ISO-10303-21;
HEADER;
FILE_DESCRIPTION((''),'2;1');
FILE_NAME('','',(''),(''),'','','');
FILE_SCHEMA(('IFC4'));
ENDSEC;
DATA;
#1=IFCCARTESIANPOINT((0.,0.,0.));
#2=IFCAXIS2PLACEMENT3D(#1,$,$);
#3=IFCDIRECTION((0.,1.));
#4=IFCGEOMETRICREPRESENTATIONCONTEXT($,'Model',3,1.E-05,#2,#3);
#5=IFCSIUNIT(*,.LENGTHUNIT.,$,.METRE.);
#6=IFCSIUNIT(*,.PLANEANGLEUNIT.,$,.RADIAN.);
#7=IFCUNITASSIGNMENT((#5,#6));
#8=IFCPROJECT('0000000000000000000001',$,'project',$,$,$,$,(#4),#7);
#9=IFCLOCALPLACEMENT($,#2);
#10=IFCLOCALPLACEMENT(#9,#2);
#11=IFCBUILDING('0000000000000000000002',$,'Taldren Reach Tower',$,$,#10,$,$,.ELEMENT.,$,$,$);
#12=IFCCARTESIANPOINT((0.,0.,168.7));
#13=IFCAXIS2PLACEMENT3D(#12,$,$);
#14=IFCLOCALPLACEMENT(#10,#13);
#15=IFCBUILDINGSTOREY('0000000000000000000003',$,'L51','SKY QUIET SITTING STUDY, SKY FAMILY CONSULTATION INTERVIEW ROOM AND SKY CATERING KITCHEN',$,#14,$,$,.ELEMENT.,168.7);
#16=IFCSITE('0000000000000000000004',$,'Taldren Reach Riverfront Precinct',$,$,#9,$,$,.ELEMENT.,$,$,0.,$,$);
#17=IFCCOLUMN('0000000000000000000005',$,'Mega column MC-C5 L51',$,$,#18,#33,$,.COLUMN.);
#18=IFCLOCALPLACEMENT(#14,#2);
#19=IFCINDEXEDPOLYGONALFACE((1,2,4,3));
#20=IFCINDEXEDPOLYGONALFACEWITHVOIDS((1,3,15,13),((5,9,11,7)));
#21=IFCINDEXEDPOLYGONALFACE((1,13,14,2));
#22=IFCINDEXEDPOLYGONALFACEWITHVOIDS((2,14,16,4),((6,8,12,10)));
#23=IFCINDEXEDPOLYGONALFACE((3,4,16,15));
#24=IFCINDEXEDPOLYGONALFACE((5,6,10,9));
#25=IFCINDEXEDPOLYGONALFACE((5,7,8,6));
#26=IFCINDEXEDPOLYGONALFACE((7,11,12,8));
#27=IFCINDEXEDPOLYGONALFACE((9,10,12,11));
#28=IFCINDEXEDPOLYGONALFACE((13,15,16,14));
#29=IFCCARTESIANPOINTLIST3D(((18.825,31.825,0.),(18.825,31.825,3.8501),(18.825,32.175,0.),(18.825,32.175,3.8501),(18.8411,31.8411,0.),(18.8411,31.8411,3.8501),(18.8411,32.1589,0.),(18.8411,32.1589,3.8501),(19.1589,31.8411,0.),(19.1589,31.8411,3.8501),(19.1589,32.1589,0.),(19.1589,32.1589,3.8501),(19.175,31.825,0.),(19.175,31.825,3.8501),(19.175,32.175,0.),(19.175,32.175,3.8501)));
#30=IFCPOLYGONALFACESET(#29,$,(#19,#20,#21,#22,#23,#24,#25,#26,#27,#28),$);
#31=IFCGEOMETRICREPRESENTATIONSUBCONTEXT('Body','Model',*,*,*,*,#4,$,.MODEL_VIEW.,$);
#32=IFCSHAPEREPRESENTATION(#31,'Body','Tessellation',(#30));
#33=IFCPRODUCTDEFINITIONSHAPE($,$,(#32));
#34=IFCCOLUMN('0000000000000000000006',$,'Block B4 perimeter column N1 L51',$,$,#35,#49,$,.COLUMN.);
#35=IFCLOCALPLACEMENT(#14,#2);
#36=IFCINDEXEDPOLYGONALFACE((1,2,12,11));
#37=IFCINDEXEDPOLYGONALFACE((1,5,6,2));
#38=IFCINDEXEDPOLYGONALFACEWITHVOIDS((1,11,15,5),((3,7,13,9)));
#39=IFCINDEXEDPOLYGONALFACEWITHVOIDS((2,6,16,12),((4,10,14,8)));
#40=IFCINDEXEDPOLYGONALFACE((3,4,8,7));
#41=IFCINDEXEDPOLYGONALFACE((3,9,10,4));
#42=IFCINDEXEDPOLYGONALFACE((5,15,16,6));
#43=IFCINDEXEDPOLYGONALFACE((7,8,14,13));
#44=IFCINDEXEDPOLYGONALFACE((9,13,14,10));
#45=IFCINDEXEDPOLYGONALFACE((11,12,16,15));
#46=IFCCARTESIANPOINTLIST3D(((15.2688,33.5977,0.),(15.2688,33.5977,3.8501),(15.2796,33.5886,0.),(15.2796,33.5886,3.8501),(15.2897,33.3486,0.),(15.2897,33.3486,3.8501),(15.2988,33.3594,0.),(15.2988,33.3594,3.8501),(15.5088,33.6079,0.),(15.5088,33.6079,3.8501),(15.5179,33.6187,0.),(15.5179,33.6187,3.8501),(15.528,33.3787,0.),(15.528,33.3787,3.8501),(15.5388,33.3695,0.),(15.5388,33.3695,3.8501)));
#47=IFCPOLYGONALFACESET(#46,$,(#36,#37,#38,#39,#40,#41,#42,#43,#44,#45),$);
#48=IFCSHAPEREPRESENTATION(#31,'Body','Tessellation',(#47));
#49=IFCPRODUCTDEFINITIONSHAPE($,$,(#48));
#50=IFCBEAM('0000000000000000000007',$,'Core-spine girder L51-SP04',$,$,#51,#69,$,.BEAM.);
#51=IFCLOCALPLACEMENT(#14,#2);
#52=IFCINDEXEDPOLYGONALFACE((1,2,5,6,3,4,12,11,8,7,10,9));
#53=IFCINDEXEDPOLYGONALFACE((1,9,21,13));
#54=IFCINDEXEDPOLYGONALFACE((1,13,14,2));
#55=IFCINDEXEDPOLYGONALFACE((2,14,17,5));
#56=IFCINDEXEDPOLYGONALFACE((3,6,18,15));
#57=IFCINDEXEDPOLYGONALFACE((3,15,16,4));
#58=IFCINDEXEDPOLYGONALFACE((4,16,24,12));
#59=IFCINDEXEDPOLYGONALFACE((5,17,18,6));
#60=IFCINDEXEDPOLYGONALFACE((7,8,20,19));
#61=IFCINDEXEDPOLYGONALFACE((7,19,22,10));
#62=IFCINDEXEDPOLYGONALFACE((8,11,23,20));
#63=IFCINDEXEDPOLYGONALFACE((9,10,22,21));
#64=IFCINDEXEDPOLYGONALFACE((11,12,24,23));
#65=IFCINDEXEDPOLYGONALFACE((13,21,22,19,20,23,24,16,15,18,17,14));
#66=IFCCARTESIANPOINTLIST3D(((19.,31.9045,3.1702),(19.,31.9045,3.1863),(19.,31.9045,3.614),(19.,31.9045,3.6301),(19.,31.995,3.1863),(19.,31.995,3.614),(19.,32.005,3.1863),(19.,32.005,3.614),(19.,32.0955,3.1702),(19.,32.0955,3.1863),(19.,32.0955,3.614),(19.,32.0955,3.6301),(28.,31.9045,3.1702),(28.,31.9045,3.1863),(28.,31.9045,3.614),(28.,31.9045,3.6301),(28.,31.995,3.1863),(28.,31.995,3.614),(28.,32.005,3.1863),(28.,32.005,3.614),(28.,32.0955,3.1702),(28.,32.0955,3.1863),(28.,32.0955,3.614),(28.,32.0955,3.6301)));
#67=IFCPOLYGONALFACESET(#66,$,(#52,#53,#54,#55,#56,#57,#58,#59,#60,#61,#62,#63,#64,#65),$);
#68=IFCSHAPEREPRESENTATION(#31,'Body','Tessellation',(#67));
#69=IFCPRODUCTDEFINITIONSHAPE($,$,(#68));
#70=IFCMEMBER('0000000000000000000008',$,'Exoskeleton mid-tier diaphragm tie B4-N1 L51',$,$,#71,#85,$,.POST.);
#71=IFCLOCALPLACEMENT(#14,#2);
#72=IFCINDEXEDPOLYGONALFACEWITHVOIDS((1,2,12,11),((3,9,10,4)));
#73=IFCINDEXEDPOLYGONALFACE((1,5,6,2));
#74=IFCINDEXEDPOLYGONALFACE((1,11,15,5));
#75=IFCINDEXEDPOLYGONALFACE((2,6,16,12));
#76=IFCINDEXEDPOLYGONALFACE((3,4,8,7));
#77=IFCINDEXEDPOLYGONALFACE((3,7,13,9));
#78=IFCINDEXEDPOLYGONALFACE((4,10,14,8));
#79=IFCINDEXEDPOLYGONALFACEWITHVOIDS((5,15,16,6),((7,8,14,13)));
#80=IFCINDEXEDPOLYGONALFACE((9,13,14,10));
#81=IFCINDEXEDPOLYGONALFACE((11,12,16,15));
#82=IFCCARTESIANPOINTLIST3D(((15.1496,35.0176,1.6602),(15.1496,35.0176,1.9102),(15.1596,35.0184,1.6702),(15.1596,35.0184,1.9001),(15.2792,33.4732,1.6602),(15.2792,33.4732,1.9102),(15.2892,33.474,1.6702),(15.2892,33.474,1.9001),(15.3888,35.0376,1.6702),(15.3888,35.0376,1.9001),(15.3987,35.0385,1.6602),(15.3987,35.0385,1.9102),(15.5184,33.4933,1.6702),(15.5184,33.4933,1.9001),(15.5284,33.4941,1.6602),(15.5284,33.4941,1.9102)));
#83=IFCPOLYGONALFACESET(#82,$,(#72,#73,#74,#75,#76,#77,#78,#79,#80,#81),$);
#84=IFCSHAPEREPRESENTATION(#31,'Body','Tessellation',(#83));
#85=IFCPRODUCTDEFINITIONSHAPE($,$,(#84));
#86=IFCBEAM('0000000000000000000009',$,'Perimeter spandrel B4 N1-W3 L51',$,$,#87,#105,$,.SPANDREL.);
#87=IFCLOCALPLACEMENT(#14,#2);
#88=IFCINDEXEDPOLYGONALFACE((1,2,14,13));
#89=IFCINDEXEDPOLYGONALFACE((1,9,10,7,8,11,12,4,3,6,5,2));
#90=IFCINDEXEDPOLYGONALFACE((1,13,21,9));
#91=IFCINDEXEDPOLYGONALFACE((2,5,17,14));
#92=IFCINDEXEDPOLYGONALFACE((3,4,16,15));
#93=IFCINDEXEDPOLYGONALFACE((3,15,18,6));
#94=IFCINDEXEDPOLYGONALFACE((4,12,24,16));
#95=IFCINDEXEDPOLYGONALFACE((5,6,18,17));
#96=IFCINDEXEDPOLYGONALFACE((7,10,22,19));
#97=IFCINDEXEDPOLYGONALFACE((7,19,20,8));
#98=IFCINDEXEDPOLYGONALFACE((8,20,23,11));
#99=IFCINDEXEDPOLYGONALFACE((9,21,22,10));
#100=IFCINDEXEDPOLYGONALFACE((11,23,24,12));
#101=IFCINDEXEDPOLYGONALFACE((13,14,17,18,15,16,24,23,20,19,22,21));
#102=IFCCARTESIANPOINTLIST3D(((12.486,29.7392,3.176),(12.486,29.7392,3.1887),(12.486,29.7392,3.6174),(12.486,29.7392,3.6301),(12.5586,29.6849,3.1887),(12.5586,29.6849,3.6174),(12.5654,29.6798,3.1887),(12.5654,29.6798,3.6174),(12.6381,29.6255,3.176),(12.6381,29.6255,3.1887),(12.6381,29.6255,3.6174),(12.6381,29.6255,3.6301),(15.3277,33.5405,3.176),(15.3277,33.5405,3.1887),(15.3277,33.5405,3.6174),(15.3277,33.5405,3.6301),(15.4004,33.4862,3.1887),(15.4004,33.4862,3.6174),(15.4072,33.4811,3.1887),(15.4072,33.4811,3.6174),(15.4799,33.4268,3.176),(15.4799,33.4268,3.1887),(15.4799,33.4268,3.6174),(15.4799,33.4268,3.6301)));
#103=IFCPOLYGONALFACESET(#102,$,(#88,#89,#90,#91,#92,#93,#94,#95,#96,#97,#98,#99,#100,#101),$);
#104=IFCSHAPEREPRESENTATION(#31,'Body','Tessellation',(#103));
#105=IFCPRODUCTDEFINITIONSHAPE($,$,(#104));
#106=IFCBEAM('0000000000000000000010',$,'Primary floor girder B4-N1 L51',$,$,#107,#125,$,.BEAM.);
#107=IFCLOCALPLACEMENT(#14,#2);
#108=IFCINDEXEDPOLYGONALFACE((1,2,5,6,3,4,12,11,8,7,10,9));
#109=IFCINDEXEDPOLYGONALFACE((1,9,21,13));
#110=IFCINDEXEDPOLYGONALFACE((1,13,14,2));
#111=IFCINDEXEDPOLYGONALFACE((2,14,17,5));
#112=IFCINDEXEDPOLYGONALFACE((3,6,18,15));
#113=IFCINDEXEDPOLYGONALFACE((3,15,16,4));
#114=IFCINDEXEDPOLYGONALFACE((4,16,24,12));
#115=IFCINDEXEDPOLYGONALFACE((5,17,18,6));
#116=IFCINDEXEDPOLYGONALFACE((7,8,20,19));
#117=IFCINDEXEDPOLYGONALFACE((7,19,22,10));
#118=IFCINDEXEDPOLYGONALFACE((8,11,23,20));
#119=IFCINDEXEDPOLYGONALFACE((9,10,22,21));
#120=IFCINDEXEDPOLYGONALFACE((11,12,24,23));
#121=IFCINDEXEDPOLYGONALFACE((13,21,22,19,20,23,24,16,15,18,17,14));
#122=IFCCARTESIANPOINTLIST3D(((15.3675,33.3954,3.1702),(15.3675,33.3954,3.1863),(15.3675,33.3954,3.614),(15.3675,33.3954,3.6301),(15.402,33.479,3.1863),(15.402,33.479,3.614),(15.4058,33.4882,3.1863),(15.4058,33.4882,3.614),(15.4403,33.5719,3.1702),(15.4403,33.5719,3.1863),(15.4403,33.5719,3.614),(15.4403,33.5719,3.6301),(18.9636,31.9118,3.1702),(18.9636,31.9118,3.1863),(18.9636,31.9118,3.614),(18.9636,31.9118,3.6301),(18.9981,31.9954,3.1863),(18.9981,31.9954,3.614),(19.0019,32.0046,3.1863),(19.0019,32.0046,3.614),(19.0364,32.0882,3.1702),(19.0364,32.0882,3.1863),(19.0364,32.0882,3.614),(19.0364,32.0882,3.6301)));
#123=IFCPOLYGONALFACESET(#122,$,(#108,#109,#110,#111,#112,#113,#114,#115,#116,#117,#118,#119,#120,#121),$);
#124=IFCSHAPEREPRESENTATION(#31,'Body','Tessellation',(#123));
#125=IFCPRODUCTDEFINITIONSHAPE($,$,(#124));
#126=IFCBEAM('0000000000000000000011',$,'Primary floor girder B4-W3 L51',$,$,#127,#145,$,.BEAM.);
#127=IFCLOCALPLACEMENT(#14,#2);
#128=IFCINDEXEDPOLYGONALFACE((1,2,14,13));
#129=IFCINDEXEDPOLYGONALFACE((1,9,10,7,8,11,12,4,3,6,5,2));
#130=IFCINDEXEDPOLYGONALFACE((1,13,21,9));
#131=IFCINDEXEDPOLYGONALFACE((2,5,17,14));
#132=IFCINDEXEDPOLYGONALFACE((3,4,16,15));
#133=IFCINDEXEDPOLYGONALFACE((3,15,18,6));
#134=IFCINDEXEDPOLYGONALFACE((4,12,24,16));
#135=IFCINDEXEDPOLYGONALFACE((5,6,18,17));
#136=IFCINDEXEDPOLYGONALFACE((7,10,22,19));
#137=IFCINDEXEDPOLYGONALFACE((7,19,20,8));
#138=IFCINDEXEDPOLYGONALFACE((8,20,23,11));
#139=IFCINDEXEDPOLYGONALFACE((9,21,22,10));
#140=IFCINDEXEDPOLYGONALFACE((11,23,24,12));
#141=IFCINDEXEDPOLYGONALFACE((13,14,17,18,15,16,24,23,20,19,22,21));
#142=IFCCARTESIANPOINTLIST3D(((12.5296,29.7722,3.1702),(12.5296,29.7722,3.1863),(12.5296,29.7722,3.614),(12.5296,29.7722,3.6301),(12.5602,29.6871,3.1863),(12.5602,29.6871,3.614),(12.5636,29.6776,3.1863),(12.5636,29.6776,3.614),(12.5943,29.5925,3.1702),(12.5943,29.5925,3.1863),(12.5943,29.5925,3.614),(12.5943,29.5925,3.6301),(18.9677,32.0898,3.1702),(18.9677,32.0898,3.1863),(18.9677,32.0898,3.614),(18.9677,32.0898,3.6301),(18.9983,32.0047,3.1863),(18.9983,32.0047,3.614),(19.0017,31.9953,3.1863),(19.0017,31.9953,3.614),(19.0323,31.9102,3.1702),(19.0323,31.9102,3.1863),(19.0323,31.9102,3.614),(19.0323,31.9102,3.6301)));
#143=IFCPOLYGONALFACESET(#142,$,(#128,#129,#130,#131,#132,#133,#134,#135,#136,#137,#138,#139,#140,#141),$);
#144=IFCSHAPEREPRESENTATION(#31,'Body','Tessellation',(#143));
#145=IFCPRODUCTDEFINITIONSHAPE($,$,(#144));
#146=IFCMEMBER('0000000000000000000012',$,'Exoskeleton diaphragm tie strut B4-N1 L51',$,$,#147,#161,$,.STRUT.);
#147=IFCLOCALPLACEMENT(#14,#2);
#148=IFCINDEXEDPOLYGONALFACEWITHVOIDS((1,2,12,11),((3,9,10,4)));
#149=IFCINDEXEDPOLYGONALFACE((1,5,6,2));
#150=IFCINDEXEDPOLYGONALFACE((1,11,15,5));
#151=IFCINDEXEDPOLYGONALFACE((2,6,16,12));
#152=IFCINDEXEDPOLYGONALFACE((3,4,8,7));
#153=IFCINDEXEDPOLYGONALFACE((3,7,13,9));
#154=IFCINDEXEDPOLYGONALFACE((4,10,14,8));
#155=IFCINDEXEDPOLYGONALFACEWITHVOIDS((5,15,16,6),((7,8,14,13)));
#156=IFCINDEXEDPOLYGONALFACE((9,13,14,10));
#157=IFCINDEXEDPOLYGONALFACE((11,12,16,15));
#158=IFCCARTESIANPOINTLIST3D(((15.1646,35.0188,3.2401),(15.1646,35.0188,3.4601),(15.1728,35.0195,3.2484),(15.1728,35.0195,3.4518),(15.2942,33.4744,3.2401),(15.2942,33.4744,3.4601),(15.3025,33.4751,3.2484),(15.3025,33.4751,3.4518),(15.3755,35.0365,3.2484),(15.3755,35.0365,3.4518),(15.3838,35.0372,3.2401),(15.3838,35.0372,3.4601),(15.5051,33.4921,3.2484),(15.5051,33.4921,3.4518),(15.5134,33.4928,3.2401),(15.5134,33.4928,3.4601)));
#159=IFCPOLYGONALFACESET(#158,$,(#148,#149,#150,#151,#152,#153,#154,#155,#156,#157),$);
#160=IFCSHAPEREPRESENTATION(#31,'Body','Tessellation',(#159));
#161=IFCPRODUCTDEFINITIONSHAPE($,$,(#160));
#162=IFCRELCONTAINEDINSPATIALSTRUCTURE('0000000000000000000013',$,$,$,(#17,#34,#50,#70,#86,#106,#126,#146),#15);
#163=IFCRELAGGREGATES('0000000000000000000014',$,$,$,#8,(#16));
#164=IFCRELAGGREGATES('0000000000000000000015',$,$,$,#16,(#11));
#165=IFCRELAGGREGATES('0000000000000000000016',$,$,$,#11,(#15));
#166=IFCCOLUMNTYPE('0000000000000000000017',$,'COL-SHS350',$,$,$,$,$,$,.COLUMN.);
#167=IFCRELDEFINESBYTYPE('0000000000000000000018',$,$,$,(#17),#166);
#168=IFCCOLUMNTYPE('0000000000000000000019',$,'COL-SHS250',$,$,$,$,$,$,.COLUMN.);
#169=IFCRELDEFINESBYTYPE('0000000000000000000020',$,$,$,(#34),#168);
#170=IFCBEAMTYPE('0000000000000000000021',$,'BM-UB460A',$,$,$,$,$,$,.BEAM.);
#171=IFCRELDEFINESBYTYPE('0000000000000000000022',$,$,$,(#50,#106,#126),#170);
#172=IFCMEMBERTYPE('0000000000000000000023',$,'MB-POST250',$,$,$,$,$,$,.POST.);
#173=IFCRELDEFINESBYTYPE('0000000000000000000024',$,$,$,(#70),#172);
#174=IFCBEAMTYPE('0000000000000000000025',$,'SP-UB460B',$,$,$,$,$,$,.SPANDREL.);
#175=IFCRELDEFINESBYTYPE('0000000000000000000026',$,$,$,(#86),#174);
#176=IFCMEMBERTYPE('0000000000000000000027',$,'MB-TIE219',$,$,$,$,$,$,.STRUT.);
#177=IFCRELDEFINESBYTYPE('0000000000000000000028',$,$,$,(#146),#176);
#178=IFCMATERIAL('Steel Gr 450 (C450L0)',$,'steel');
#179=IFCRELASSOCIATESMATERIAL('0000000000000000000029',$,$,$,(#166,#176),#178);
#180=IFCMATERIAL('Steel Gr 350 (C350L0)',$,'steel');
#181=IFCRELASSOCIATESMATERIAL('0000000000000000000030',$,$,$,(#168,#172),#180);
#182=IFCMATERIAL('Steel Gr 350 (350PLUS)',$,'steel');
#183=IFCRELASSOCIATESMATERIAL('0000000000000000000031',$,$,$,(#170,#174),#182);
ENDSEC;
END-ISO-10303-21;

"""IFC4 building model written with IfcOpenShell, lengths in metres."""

from ifc_helpers import new_model, si_unit, direction, frame, origin, origin_2d, place, context, subcontext, project, spatial, hollow_rectangle, i_section, extrude, source, transform, mapped, material, material_profile, profile_set, type_object, element, save


model = new_model("IFC4")

# Units and contexts
model_context = context("Model", 3, precision=1e-05, world=origin(), true_north=direction((0.0, 1.0)))
body_context = subcontext(model_context, "Body", "Model", "MODEL_VIEW")
ifc_project = project(units=[si_unit("LENGTHUNIT", "METRE"), si_unit("PLANEANGLEUNIT", "RADIAN")], contexts=[model_context])

# Site, building, storey
site_placement = place(None, origin())
site = spatial("IfcSite", under=ifc_project, at=site_placement, Name="Taldren Reach Riverfront Precinct", CompositionType="ELEMENT", RefElevation=0.0)
building_placement = place(site_placement, origin())
building = spatial("IfcBuilding", under=site, at=building_placement, Name="Taldren Reach Tower", CompositionType="ELEMENT")
storey_placement = place(building_placement, frame((0.0, 0.0, 168.7)))
storey = spatial("IfcBuildingStorey", under=building, at=storey_placement, Name="L51", Description="SKY QUIET SITTING STUDY, SKY FAMILY CONSULTATION INTERVIEW ROOM AND SKY CATERING KITCHEN", CompositionType="ELEMENT", Elevation=168.7)

# Columns
ifc_material_1 = material(Name="Steel Gr 450 (C450L0)", Category="steel")
ifc_material_profile_1 = material_profile(ifc_material_1, hollow_rectangle(XDim=0.3501, YDim=0.3501, WallThickness=0.0161, at=origin_2d()), Name="350x350x16.0SHS")
ifc_profile_set_1 = profile_set([ifc_material_profile_1], Name="Steel Gr 450 (C450L0)")
column_type_1 = type_object("IfcColumnType", Name="COL-SHS350", PredefinedType="COLUMN", material=ifc_profile_set_1)
shared_shape_1 = source(origin(), body_context, "Body", "SweptSolid", [
    extrude(hollow_rectangle(XDim=0.3501, YDim=0.3501, WallThickness=0.0161, at=origin_2d()), origin(), (0.0, 0.0, 1.0), 3.8501),
])
column_1_placement = place(storey_placement, frame((19.0, 32.0, 0.0), z_axis=(0.0, 0.0, 1.0), x_axis=(1.0, 0.0, 0.0)))
element("IfcColumn", 1, at=column_1_placement, inside=storey, type_object=column_type_1, Name="Mega column MC-C5 L51", PredefinedType="COLUMN", context=body_context, shape_type="MappedRepresentation", body=[
    mapped(shared_shape_1, transform((0.0, 0.0, 0.0), scale=1.0)),
])
ifc_material_2 = material(Name="Steel Gr 350 (C350L0)", Category="steel")
ifc_material_profile_2 = material_profile(ifc_material_2, hollow_rectangle(XDim=0.25, YDim=0.25, WallThickness=0.01, at=origin_2d()), Name="250x250x10.0SHS")
ifc_profile_set_2 = profile_set([ifc_material_profile_2], Name="Steel Gr 350 (C350L0)")
column_type_2 = type_object("IfcColumnType", Name="COL-SHS250", PredefinedType="COLUMN", material=ifc_profile_set_2)
shared_shape_2 = source(origin(), body_context, "Body", "SweptSolid", [
    extrude(hollow_rectangle(XDim=0.25, YDim=0.25, WallThickness=0.01, at=origin_2d()), origin(), (0.0, 0.0, 1.0), 3.8501),
])
column_2_placement = place(storey_placement, frame((15.4038, 33.4836, 0.0), z_axis=(0.0, 0.0, 1.0), x_axis=(0.996493, 0.083678, 0.0)))
element("IfcColumn", 2, at=column_2_placement, inside=storey, type_object=column_type_2, Name="Block B4 perimeter column N1 L51", PredefinedType="COLUMN", context=body_context, shape_type="MappedRepresentation", body=[
    mapped(shared_shape_2, transform((0.0, 0.0, 0.0), scale=1.0)),
])

# Beam
ifc_material_3 = material(Name="Steel Gr 350 (350PLUS)", Category="steel")
ifc_material_profile_3 = material_profile(ifc_material_3, i_section(OverallWidth=0.1909, OverallDepth=0.46, WebThickness=0.01, FlangeThickness=0.0161, at=origin_2d()), Name="460UB82.1")
ifc_profile_set_3 = profile_set([ifc_material_profile_3], Name="Steel Gr 350 (350PLUS)")
beam_type_1 = type_object("IfcBeamType", Name="BM-UB460A", PredefinedType="BEAM", material=ifc_profile_set_3)
shared_shape_3 = source(origin(), body_context, "Body", "SweptSolid", [
    extrude(i_section(OverallWidth=0.1909, OverallDepth=0.46, WebThickness=0.01, FlangeThickness=0.0161, at=origin_2d()), origin(), (0.0, 0.0, 1.0), 9.0),
])
beam_1_placement = place(storey_placement, frame((19.0, 32.0, 3.4001), z_axis=(1.0, 0.0, 0.0), x_axis=(0.0, 1.0, 0.0)))
element("IfcBeam", 3, at=beam_1_placement, inside=storey, type_object=beam_type_1, Name="Core-spine girder L51-SP04", PredefinedType="BEAM", context=body_context, shape_type="MappedRepresentation", body=[
    mapped(shared_shape_3, transform((0.0, 0.0, 0.0), scale=1.0)),
])

# Member
ifc_material_profile_4 = material_profile(ifc_material_2, hollow_rectangle(XDim=0.25, YDim=0.25, WallThickness=0.01, at=origin_2d()), Name="250x250x10.0SHS")
ifc_profile_set_4 = profile_set([ifc_material_profile_4], Name="Steel Gr 350 (C350L0)")
member_type_1 = type_object("IfcMemberType", Name="MB-POST250", PredefinedType="POST", material=ifc_profile_set_4)
shared_shape_4 = source(origin(), body_context, "Body", "SweptSolid", [
    extrude(hollow_rectangle(XDim=0.25, YDim=0.25, WallThickness=0.01, at=origin_2d()), origin(), (0.0, 0.0, 1.0), 1.5498),
])
member_1_placement = place(storey_placement, frame((15.4038, 33.4836, 1.7852), z_axis=(-0.083645, 0.996496, 0.0), x_axis=(-0.996496, -0.083645, 0.0)))
element("IfcMember", 4, at=member_1_placement, inside=storey, type_object=member_type_1, Name="Exoskeleton mid-tier diaphragm tie B4-N1 L51", PredefinedType="POST", context=body_context, shape_type="MappedRepresentation", body=[
    mapped(shared_shape_4, transform((0.0, 0.0, 0.0), scale=1.0)),
])

# Beams
ifc_material_profile_5 = material_profile(ifc_material_3, i_section(OverallWidth=0.1899, OverallDepth=0.4541, WebThickness=0.0085, FlangeThickness=0.0127, at=origin_2d()), Name="460UB67.1")
ifc_profile_set_5 = profile_set([ifc_material_profile_5], Name="Steel Gr 350 (350PLUS)")
beam_type_2 = type_object("IfcBeamType", Name="SP-UB460B", PredefinedType="SPANDREL", material=ifc_profile_set_5)
shared_shape_5 = source(origin(), body_context, "Body", "SweptSolid", [
    extrude(i_section(OverallWidth=0.1899, OverallDepth=0.4541, WebThickness=0.0085, FlangeThickness=0.0127, at=origin_2d()), origin(), (0.0, 0.0, 1.0), 4.7461),
])
beam_2_placement = place(storey_placement, frame((15.4038, 33.4836, 3.4031), z_axis=(-0.598765, -0.800925, 0.0), x_axis=(0.800925, -0.598765, 0.0)))
element("IfcBeam", 5, at=beam_2_placement, inside=storey, type_object=beam_type_2, Name="Perimeter spandrel B4 N1-W3 L51", PredefinedType="SPANDREL", context=body_context, shape_type="MappedRepresentation", body=[
    mapped(shared_shape_5, transform((0.0, 0.0, 0.0), scale=1.0)),
])
shared_shape_6 = source(origin(), body_context, "Body", "SweptSolid", [
    extrude(i_section(OverallWidth=0.1909, OverallDepth=0.46, WebThickness=0.01, FlangeThickness=0.0161, at=origin_2d()), origin(), (0.0, 0.0, 1.0), 3.8901),
])
beam_3_placement = place(storey_placement, frame((19.0, 32.0, 3.4001), z_axis=(-0.924419, 0.381378, 0.0), x_axis=(-0.381378, -0.924419, 0.0)))
element("IfcBeam", 6, at=beam_3_placement, inside=storey, type_object=beam_type_1, Name="Primary floor girder B4-N1 L51", PredefinedType="BEAM", context=body_context, shape_type="MappedRepresentation", body=[
    mapped(shared_shape_6, transform((0.0, 0.0, 0.0), scale=1.0)),
])
shared_shape_7 = source(origin(), body_context, "Body", "SweptSolid", [
    extrude(i_section(OverallWidth=0.1909, OverallDepth=0.46, WebThickness=0.01, FlangeThickness=0.0161, at=origin_2d()), origin(), (0.0, 0.0, 1.0), 6.8425),
])
beam_4_placement = place(storey_placement, frame((19.0, 32.0, 3.4001), z_axis=(-0.94089, -0.338713, 0.0), x_axis=(0.338713, -0.94089, 0.0)))
element("IfcBeam", 7, at=beam_4_placement, inside=storey, type_object=beam_type_1, Name="Primary floor girder B4-W3 L51", PredefinedType="BEAM", context=body_context, shape_type="MappedRepresentation", body=[
    mapped(shared_shape_7, transform((0.0, 0.0, 0.0), scale=1.0)),
])

# Member
ifc_material_profile_6 = material_profile(ifc_material_1, hollow_rectangle(XDim=0.22, YDim=0.22, WallThickness=0.0083, at=origin_2d()), Name="220x220x8.2SHS")
ifc_profile_set_6 = profile_set([ifc_material_profile_6], Name="Steel Gr 450 (C450L0)")
member_type_2 = type_object("IfcMemberType", Name="MB-TIE219", PredefinedType="STRUT", material=ifc_profile_set_6)
shared_shape_8 = source(origin(), body_context, "Body", "SweptSolid", [
    extrude(hollow_rectangle(XDim=0.22, YDim=0.22, WallThickness=0.0083, at=origin_2d()), origin(), (0.0, 0.0, 1.0), 1.5498),
])
for number, where, z_axis, x_axis, name in (
    (8, (15.4038, 33.4836, 3.3501), (-0.083645, 0.996496, 0.0), (-0.996496, -0.083645, 0.0), "Exoskeleton diaphragm tie strut B4-N1 L51"),
):
    element("IfcMember", number, at=place(storey_placement, frame(where, z_axis=z_axis, x_axis=x_axis)), inside=storey, type_object=member_type_2, Name=name, PredefinedType="STRUT", context=body_context, shape_type="MappedRepresentation", body=[
        mapped(shared_shape_8, transform((0.0, 0.0, 0.0), scale=1.0)),
    ])

save(model, "model.ifc")
